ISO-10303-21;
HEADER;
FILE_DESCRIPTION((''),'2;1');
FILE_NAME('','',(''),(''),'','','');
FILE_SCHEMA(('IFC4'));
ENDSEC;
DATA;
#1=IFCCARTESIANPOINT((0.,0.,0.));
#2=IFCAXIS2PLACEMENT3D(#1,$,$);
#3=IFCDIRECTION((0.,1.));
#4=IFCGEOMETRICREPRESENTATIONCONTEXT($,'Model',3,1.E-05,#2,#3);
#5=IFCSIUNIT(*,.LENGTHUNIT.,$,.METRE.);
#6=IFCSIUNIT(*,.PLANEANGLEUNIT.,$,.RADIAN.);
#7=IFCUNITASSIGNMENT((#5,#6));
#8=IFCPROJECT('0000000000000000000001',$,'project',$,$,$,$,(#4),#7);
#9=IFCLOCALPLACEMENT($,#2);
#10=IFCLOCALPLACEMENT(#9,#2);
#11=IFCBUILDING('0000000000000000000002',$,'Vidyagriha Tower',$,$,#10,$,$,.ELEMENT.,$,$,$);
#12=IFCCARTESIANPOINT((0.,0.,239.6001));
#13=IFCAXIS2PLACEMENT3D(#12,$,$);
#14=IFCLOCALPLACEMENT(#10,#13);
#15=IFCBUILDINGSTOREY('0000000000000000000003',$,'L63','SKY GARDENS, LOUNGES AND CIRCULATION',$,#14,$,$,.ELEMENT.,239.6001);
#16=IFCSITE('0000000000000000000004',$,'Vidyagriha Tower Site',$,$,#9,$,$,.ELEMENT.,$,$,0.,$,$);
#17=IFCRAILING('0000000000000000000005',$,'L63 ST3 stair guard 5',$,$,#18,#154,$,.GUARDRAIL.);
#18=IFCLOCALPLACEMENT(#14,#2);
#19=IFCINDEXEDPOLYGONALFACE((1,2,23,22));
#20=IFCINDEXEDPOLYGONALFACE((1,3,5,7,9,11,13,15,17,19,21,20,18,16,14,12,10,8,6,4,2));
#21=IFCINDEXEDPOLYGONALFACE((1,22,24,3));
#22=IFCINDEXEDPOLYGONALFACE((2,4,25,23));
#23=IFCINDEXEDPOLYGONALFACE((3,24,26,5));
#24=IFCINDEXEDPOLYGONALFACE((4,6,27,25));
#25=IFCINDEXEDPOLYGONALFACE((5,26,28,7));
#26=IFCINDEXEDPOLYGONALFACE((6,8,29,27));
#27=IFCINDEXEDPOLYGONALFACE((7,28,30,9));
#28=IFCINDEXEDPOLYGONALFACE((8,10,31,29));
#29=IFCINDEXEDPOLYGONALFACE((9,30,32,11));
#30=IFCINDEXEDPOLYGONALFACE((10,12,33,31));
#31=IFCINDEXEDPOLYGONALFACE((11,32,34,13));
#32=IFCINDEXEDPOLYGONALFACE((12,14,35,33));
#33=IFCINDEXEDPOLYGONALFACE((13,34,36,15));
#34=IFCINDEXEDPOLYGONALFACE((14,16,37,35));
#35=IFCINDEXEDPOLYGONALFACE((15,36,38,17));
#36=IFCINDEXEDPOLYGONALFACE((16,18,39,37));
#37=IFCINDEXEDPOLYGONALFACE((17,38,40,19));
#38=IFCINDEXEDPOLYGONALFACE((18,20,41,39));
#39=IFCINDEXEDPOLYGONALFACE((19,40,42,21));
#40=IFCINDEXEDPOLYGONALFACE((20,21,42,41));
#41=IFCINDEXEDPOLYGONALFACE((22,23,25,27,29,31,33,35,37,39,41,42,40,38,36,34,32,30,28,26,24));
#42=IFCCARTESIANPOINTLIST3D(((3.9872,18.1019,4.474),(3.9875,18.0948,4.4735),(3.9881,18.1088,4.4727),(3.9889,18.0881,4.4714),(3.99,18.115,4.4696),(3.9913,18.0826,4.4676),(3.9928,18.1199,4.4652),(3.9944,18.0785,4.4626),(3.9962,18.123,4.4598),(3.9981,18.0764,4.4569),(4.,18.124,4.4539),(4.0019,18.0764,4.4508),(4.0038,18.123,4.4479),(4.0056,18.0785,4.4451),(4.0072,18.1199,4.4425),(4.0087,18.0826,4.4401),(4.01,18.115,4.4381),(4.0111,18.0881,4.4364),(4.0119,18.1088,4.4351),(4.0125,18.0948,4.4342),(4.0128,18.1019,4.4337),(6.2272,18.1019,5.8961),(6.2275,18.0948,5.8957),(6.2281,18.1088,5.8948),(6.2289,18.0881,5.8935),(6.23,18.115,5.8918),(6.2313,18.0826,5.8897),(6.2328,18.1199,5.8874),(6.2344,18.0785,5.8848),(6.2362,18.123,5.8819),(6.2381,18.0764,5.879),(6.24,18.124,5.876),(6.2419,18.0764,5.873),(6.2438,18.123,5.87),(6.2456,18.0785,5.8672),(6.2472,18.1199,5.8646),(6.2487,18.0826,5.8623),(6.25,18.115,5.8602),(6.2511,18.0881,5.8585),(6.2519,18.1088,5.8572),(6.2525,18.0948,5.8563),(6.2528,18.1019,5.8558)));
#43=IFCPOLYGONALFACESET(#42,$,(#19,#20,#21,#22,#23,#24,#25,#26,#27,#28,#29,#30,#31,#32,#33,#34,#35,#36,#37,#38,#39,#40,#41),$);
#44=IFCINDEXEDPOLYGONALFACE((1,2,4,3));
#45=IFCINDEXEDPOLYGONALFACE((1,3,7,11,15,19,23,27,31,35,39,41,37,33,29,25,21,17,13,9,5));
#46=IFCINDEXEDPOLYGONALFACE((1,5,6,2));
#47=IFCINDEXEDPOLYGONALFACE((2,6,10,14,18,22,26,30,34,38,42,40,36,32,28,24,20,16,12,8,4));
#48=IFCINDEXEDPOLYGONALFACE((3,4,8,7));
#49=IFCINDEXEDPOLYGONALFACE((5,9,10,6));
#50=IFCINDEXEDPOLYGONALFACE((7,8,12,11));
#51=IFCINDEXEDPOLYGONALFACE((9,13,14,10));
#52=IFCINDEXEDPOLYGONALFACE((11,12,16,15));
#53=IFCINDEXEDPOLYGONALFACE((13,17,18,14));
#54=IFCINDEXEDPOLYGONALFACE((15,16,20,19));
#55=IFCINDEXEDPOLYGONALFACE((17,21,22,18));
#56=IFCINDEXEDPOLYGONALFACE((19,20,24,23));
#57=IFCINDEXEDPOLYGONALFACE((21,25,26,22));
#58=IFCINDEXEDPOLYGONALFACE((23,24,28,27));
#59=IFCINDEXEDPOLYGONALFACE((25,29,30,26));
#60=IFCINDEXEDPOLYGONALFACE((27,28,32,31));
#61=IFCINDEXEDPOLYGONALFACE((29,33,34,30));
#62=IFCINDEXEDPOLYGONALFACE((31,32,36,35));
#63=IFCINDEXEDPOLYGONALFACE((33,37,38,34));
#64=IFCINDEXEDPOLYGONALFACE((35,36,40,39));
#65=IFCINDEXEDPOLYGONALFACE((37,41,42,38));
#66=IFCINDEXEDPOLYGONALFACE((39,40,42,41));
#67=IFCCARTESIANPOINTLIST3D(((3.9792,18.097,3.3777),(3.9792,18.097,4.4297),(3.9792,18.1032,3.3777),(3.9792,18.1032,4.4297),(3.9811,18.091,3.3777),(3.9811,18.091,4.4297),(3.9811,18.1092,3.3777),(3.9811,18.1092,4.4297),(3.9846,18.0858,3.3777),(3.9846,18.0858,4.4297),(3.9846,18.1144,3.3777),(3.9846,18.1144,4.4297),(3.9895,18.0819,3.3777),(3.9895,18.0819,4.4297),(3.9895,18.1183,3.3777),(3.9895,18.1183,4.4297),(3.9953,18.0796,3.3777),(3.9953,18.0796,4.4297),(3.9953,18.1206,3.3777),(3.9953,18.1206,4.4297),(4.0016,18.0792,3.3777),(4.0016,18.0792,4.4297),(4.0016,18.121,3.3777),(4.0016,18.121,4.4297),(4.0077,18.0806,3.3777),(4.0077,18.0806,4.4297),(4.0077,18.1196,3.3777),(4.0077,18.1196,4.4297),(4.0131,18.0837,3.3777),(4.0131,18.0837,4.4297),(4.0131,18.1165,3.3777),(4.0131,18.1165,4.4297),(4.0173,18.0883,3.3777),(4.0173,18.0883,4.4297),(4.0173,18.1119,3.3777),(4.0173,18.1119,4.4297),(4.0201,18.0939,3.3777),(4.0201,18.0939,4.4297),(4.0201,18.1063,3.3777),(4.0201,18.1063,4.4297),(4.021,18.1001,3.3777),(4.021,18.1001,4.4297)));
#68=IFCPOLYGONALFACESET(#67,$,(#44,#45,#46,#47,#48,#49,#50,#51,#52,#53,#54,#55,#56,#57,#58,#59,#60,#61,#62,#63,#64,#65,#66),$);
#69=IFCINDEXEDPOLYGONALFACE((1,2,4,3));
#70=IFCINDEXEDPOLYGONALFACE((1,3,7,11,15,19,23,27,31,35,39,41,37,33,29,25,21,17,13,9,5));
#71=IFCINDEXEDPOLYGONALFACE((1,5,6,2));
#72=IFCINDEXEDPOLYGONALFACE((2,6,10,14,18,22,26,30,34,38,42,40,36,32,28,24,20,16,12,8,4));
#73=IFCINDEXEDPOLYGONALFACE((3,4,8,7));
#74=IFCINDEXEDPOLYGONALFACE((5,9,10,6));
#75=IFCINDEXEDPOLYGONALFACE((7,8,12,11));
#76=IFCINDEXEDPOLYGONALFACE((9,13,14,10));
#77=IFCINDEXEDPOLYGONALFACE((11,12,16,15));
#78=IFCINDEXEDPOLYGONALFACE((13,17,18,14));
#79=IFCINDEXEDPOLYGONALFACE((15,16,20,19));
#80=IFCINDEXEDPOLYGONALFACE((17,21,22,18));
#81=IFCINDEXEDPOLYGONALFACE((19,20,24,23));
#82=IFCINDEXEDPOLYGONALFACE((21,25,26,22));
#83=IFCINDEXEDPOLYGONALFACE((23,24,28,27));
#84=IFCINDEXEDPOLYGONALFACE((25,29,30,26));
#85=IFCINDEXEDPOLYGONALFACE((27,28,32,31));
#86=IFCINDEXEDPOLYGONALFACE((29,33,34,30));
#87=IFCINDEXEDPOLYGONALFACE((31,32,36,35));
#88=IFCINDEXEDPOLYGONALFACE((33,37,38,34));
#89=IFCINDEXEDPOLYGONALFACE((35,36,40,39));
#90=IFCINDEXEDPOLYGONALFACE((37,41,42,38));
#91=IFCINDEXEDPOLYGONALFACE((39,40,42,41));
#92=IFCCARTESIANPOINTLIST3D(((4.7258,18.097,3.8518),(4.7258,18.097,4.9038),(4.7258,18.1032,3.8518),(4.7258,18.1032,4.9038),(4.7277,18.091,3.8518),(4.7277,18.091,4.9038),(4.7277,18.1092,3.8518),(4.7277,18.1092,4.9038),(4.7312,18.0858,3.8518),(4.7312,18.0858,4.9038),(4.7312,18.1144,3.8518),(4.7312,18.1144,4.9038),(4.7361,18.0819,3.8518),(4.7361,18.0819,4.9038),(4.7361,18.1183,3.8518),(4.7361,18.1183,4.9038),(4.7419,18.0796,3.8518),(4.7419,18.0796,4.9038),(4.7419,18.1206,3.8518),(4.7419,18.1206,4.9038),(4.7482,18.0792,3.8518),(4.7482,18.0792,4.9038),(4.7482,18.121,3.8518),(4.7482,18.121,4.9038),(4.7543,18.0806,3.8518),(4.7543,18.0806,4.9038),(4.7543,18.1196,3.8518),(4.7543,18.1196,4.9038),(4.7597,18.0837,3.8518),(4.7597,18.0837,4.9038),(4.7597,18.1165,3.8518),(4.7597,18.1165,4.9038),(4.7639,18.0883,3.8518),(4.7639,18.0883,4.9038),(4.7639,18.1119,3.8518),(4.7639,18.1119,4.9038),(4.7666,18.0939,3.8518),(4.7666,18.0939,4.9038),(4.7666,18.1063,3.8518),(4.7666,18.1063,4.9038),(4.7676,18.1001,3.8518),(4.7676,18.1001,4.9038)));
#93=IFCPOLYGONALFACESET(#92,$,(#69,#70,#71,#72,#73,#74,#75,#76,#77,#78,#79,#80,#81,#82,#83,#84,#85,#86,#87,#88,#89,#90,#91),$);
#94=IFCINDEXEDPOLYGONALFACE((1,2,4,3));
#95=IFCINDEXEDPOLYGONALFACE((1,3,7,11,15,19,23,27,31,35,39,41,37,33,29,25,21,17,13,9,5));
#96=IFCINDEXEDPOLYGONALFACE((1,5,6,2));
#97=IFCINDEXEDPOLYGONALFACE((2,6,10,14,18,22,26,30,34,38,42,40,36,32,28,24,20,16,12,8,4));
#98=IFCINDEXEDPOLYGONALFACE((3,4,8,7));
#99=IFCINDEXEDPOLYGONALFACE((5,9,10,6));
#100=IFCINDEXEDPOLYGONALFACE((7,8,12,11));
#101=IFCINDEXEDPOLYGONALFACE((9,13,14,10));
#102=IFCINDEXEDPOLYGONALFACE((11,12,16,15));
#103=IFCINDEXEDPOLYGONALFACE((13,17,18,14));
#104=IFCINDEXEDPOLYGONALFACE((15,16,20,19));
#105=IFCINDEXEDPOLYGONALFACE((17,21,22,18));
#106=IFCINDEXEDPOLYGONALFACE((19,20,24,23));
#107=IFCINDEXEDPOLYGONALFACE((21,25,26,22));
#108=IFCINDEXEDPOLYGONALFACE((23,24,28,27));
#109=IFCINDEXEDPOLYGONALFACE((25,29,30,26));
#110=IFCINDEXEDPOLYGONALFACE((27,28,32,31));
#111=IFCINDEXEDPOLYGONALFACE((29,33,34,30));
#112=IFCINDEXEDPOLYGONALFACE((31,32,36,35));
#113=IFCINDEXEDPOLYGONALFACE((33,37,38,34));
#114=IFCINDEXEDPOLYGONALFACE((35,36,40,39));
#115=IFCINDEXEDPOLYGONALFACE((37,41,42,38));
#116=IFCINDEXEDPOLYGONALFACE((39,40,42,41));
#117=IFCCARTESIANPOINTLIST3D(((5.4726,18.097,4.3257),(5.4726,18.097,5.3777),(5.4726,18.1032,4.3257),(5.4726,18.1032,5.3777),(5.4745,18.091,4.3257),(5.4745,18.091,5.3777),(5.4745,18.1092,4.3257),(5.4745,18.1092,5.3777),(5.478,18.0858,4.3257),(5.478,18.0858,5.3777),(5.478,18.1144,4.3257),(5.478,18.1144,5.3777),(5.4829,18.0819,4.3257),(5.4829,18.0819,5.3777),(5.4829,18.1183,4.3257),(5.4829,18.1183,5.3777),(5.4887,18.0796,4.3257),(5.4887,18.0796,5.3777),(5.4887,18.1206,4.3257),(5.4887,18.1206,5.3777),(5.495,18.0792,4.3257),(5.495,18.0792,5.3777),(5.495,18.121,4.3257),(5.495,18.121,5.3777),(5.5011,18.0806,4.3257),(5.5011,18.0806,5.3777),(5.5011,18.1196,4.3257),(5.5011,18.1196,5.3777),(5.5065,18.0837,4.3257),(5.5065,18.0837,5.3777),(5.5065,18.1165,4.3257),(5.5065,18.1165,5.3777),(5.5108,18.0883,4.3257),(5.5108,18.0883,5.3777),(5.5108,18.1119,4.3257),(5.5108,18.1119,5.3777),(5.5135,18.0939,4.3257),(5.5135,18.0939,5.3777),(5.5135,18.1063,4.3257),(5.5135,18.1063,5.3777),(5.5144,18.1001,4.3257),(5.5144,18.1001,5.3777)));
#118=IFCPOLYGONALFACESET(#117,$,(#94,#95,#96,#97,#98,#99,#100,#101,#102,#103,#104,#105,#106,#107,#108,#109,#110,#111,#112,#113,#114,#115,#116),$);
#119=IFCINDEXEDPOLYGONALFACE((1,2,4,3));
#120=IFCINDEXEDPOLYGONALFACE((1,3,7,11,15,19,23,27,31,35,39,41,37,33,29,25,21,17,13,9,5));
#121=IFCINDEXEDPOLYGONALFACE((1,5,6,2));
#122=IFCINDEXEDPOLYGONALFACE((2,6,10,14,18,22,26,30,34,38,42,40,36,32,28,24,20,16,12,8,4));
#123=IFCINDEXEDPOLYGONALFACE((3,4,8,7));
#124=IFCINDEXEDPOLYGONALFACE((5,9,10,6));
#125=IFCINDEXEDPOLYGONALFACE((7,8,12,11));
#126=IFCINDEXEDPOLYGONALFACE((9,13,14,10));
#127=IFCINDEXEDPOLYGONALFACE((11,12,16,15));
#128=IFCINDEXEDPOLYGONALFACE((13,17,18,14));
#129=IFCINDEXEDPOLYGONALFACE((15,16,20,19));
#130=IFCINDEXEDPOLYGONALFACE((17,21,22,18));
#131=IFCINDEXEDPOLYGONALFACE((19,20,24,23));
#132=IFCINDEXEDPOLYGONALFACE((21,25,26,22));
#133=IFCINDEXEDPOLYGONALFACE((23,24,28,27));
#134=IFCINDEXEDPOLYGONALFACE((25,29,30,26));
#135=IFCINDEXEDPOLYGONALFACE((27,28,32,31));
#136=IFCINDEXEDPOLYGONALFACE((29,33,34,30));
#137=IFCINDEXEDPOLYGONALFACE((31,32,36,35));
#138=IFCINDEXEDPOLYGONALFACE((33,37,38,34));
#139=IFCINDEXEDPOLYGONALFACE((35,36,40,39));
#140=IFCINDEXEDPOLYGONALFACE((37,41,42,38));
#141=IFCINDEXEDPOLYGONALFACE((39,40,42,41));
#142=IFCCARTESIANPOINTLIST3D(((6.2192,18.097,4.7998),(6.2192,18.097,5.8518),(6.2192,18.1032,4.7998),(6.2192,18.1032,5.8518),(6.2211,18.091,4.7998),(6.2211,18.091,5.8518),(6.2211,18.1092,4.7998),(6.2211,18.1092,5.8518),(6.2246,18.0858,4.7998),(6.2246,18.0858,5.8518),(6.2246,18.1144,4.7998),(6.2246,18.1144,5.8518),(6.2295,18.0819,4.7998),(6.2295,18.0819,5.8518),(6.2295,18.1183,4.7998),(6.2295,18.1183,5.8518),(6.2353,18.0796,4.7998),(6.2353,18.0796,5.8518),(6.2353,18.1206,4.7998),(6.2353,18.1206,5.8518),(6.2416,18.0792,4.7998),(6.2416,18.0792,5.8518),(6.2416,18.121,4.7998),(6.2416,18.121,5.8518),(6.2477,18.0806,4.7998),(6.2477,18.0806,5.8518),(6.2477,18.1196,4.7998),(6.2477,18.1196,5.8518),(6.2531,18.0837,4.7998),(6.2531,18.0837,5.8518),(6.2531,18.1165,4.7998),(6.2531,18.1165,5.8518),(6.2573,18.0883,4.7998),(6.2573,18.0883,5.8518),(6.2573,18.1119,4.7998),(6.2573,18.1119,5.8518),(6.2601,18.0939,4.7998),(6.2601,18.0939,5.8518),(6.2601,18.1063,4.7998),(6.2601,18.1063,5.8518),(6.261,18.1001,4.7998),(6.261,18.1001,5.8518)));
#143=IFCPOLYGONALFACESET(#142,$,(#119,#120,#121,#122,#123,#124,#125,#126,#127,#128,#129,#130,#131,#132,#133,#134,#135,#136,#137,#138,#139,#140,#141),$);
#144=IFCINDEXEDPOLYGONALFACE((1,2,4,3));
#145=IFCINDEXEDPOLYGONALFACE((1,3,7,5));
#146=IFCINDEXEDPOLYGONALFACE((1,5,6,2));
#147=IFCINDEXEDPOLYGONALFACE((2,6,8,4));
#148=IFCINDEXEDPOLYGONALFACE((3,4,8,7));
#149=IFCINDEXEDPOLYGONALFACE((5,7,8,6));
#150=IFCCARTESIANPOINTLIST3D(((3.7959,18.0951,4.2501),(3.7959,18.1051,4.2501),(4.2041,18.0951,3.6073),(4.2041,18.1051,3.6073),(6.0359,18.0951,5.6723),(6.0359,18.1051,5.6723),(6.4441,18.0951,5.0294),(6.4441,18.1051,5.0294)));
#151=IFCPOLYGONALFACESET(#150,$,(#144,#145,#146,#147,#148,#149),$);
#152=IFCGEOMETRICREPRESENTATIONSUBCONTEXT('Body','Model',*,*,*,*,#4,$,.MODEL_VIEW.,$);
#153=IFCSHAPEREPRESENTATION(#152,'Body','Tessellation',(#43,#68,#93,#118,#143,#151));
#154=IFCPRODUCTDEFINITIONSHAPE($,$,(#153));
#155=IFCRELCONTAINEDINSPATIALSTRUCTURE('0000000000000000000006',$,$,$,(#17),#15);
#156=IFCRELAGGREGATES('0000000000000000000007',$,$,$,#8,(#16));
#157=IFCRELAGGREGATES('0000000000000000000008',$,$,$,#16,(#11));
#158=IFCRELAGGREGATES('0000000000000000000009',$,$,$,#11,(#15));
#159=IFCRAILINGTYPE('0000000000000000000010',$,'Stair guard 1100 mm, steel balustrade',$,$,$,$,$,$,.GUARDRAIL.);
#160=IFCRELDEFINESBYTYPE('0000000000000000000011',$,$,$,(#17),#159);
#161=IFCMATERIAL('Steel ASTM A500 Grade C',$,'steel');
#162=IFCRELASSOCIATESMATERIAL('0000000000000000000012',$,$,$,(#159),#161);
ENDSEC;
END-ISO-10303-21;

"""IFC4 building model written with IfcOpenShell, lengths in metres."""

from ifc_helpers import new_model, si_unit, direction, frame, origin, origin_2d, place, context, subcontext, project, spatial, rectangle, circle, extrude, material, type_object, element, save


model = new_model("IFC4")

# Units and contexts
model_context = context("Model", 3, precision=1e-05, world=origin(), true_north=direction((0.0, 1.0)))
body_context = subcontext(model_context, "Body", "Model", "MODEL_VIEW")
ifc_project = project(units=[si_unit("LENGTHUNIT", "METRE"), si_unit("PLANEANGLEUNIT", "RADIAN")], contexts=[model_context])

# Site, building, storey
site_placement = place(None, origin())
site = spatial("IfcSite", under=ifc_project, at=site_placement, Name="Vidyagriha Tower Site", CompositionType="ELEMENT", RefElevation=0.0)
building_placement = place(site_placement, origin())
building = spatial("IfcBuilding", under=site, at=building_placement, Name="Vidyagriha Tower", CompositionType="ELEMENT")
storey_placement = place(building_placement, frame((0.0, 0.0, 239.6001)))
storey = spatial("IfcBuildingStorey", under=building, at=storey_placement, Name="L63", Description="SKY GARDENS, LOUNGES AND CIRCULATION", CompositionType="ELEMENT", Elevation=239.6001)

# Railing
ifc_material_1 = material(Name="Steel ASTM A500 Grade C", Category="steel")
railing_type_1 = type_object("IfcRailingType", Name="Stair guard 1100 mm, steel balustrade", PredefinedType="GUARDRAIL", material=ifc_material_1)
railing_1_placement = place(storey_placement, frame((4.0, 18.1001, 3.3777)))
element("IfcRailing", 1, at=railing_1_placement, inside=storey, type_object=railing_type_1, Name="L63 ST3 stair guard 5", PredefinedType="GUARDRAIL", context=body_context, shape_type="SweptSolid", body=[
    extrude(circle(Radius=0.0239, at=origin_2d()), frame((0.0, 0.0, 1.0762), z_axis=(0.844229, 0.0, 0.535982), x_axis=(0.0, 1.0, 0.0)), (0.0, 0.0, 1.0), 2.6533),
    extrude(circle(Radius=0.021, at=origin_2d()), origin(), (0.0, 0.0, 1.0), 1.052),
    extrude(circle(Radius=0.021, at=origin_2d()), frame((0.7466, 0.0, 0.4741)), (0.0, 0.0, 1.0), 1.052),
    extrude(circle(Radius=0.021, at=origin_2d()), frame((1.4934, 0.0, 0.948)), (0.0, 0.0, 1.0), 1.052),
    extrude(circle(Radius=0.021, at=origin_2d()), frame((2.24, 0.0, 1.4221)), (0.0, 0.0, 1.0), 1.052),
    extrude(rectangle(XDim=0.01, YDim=0.7615, at=origin_2d()), frame((0.0, 0.0, 0.551), z_axis=(0.844229, 0.0, 0.535982), x_axis=(0.0, 1.0, 0.0)), (0.0, 0.0, 1.0), 2.6533),
])

save(model, "model.ifc")
